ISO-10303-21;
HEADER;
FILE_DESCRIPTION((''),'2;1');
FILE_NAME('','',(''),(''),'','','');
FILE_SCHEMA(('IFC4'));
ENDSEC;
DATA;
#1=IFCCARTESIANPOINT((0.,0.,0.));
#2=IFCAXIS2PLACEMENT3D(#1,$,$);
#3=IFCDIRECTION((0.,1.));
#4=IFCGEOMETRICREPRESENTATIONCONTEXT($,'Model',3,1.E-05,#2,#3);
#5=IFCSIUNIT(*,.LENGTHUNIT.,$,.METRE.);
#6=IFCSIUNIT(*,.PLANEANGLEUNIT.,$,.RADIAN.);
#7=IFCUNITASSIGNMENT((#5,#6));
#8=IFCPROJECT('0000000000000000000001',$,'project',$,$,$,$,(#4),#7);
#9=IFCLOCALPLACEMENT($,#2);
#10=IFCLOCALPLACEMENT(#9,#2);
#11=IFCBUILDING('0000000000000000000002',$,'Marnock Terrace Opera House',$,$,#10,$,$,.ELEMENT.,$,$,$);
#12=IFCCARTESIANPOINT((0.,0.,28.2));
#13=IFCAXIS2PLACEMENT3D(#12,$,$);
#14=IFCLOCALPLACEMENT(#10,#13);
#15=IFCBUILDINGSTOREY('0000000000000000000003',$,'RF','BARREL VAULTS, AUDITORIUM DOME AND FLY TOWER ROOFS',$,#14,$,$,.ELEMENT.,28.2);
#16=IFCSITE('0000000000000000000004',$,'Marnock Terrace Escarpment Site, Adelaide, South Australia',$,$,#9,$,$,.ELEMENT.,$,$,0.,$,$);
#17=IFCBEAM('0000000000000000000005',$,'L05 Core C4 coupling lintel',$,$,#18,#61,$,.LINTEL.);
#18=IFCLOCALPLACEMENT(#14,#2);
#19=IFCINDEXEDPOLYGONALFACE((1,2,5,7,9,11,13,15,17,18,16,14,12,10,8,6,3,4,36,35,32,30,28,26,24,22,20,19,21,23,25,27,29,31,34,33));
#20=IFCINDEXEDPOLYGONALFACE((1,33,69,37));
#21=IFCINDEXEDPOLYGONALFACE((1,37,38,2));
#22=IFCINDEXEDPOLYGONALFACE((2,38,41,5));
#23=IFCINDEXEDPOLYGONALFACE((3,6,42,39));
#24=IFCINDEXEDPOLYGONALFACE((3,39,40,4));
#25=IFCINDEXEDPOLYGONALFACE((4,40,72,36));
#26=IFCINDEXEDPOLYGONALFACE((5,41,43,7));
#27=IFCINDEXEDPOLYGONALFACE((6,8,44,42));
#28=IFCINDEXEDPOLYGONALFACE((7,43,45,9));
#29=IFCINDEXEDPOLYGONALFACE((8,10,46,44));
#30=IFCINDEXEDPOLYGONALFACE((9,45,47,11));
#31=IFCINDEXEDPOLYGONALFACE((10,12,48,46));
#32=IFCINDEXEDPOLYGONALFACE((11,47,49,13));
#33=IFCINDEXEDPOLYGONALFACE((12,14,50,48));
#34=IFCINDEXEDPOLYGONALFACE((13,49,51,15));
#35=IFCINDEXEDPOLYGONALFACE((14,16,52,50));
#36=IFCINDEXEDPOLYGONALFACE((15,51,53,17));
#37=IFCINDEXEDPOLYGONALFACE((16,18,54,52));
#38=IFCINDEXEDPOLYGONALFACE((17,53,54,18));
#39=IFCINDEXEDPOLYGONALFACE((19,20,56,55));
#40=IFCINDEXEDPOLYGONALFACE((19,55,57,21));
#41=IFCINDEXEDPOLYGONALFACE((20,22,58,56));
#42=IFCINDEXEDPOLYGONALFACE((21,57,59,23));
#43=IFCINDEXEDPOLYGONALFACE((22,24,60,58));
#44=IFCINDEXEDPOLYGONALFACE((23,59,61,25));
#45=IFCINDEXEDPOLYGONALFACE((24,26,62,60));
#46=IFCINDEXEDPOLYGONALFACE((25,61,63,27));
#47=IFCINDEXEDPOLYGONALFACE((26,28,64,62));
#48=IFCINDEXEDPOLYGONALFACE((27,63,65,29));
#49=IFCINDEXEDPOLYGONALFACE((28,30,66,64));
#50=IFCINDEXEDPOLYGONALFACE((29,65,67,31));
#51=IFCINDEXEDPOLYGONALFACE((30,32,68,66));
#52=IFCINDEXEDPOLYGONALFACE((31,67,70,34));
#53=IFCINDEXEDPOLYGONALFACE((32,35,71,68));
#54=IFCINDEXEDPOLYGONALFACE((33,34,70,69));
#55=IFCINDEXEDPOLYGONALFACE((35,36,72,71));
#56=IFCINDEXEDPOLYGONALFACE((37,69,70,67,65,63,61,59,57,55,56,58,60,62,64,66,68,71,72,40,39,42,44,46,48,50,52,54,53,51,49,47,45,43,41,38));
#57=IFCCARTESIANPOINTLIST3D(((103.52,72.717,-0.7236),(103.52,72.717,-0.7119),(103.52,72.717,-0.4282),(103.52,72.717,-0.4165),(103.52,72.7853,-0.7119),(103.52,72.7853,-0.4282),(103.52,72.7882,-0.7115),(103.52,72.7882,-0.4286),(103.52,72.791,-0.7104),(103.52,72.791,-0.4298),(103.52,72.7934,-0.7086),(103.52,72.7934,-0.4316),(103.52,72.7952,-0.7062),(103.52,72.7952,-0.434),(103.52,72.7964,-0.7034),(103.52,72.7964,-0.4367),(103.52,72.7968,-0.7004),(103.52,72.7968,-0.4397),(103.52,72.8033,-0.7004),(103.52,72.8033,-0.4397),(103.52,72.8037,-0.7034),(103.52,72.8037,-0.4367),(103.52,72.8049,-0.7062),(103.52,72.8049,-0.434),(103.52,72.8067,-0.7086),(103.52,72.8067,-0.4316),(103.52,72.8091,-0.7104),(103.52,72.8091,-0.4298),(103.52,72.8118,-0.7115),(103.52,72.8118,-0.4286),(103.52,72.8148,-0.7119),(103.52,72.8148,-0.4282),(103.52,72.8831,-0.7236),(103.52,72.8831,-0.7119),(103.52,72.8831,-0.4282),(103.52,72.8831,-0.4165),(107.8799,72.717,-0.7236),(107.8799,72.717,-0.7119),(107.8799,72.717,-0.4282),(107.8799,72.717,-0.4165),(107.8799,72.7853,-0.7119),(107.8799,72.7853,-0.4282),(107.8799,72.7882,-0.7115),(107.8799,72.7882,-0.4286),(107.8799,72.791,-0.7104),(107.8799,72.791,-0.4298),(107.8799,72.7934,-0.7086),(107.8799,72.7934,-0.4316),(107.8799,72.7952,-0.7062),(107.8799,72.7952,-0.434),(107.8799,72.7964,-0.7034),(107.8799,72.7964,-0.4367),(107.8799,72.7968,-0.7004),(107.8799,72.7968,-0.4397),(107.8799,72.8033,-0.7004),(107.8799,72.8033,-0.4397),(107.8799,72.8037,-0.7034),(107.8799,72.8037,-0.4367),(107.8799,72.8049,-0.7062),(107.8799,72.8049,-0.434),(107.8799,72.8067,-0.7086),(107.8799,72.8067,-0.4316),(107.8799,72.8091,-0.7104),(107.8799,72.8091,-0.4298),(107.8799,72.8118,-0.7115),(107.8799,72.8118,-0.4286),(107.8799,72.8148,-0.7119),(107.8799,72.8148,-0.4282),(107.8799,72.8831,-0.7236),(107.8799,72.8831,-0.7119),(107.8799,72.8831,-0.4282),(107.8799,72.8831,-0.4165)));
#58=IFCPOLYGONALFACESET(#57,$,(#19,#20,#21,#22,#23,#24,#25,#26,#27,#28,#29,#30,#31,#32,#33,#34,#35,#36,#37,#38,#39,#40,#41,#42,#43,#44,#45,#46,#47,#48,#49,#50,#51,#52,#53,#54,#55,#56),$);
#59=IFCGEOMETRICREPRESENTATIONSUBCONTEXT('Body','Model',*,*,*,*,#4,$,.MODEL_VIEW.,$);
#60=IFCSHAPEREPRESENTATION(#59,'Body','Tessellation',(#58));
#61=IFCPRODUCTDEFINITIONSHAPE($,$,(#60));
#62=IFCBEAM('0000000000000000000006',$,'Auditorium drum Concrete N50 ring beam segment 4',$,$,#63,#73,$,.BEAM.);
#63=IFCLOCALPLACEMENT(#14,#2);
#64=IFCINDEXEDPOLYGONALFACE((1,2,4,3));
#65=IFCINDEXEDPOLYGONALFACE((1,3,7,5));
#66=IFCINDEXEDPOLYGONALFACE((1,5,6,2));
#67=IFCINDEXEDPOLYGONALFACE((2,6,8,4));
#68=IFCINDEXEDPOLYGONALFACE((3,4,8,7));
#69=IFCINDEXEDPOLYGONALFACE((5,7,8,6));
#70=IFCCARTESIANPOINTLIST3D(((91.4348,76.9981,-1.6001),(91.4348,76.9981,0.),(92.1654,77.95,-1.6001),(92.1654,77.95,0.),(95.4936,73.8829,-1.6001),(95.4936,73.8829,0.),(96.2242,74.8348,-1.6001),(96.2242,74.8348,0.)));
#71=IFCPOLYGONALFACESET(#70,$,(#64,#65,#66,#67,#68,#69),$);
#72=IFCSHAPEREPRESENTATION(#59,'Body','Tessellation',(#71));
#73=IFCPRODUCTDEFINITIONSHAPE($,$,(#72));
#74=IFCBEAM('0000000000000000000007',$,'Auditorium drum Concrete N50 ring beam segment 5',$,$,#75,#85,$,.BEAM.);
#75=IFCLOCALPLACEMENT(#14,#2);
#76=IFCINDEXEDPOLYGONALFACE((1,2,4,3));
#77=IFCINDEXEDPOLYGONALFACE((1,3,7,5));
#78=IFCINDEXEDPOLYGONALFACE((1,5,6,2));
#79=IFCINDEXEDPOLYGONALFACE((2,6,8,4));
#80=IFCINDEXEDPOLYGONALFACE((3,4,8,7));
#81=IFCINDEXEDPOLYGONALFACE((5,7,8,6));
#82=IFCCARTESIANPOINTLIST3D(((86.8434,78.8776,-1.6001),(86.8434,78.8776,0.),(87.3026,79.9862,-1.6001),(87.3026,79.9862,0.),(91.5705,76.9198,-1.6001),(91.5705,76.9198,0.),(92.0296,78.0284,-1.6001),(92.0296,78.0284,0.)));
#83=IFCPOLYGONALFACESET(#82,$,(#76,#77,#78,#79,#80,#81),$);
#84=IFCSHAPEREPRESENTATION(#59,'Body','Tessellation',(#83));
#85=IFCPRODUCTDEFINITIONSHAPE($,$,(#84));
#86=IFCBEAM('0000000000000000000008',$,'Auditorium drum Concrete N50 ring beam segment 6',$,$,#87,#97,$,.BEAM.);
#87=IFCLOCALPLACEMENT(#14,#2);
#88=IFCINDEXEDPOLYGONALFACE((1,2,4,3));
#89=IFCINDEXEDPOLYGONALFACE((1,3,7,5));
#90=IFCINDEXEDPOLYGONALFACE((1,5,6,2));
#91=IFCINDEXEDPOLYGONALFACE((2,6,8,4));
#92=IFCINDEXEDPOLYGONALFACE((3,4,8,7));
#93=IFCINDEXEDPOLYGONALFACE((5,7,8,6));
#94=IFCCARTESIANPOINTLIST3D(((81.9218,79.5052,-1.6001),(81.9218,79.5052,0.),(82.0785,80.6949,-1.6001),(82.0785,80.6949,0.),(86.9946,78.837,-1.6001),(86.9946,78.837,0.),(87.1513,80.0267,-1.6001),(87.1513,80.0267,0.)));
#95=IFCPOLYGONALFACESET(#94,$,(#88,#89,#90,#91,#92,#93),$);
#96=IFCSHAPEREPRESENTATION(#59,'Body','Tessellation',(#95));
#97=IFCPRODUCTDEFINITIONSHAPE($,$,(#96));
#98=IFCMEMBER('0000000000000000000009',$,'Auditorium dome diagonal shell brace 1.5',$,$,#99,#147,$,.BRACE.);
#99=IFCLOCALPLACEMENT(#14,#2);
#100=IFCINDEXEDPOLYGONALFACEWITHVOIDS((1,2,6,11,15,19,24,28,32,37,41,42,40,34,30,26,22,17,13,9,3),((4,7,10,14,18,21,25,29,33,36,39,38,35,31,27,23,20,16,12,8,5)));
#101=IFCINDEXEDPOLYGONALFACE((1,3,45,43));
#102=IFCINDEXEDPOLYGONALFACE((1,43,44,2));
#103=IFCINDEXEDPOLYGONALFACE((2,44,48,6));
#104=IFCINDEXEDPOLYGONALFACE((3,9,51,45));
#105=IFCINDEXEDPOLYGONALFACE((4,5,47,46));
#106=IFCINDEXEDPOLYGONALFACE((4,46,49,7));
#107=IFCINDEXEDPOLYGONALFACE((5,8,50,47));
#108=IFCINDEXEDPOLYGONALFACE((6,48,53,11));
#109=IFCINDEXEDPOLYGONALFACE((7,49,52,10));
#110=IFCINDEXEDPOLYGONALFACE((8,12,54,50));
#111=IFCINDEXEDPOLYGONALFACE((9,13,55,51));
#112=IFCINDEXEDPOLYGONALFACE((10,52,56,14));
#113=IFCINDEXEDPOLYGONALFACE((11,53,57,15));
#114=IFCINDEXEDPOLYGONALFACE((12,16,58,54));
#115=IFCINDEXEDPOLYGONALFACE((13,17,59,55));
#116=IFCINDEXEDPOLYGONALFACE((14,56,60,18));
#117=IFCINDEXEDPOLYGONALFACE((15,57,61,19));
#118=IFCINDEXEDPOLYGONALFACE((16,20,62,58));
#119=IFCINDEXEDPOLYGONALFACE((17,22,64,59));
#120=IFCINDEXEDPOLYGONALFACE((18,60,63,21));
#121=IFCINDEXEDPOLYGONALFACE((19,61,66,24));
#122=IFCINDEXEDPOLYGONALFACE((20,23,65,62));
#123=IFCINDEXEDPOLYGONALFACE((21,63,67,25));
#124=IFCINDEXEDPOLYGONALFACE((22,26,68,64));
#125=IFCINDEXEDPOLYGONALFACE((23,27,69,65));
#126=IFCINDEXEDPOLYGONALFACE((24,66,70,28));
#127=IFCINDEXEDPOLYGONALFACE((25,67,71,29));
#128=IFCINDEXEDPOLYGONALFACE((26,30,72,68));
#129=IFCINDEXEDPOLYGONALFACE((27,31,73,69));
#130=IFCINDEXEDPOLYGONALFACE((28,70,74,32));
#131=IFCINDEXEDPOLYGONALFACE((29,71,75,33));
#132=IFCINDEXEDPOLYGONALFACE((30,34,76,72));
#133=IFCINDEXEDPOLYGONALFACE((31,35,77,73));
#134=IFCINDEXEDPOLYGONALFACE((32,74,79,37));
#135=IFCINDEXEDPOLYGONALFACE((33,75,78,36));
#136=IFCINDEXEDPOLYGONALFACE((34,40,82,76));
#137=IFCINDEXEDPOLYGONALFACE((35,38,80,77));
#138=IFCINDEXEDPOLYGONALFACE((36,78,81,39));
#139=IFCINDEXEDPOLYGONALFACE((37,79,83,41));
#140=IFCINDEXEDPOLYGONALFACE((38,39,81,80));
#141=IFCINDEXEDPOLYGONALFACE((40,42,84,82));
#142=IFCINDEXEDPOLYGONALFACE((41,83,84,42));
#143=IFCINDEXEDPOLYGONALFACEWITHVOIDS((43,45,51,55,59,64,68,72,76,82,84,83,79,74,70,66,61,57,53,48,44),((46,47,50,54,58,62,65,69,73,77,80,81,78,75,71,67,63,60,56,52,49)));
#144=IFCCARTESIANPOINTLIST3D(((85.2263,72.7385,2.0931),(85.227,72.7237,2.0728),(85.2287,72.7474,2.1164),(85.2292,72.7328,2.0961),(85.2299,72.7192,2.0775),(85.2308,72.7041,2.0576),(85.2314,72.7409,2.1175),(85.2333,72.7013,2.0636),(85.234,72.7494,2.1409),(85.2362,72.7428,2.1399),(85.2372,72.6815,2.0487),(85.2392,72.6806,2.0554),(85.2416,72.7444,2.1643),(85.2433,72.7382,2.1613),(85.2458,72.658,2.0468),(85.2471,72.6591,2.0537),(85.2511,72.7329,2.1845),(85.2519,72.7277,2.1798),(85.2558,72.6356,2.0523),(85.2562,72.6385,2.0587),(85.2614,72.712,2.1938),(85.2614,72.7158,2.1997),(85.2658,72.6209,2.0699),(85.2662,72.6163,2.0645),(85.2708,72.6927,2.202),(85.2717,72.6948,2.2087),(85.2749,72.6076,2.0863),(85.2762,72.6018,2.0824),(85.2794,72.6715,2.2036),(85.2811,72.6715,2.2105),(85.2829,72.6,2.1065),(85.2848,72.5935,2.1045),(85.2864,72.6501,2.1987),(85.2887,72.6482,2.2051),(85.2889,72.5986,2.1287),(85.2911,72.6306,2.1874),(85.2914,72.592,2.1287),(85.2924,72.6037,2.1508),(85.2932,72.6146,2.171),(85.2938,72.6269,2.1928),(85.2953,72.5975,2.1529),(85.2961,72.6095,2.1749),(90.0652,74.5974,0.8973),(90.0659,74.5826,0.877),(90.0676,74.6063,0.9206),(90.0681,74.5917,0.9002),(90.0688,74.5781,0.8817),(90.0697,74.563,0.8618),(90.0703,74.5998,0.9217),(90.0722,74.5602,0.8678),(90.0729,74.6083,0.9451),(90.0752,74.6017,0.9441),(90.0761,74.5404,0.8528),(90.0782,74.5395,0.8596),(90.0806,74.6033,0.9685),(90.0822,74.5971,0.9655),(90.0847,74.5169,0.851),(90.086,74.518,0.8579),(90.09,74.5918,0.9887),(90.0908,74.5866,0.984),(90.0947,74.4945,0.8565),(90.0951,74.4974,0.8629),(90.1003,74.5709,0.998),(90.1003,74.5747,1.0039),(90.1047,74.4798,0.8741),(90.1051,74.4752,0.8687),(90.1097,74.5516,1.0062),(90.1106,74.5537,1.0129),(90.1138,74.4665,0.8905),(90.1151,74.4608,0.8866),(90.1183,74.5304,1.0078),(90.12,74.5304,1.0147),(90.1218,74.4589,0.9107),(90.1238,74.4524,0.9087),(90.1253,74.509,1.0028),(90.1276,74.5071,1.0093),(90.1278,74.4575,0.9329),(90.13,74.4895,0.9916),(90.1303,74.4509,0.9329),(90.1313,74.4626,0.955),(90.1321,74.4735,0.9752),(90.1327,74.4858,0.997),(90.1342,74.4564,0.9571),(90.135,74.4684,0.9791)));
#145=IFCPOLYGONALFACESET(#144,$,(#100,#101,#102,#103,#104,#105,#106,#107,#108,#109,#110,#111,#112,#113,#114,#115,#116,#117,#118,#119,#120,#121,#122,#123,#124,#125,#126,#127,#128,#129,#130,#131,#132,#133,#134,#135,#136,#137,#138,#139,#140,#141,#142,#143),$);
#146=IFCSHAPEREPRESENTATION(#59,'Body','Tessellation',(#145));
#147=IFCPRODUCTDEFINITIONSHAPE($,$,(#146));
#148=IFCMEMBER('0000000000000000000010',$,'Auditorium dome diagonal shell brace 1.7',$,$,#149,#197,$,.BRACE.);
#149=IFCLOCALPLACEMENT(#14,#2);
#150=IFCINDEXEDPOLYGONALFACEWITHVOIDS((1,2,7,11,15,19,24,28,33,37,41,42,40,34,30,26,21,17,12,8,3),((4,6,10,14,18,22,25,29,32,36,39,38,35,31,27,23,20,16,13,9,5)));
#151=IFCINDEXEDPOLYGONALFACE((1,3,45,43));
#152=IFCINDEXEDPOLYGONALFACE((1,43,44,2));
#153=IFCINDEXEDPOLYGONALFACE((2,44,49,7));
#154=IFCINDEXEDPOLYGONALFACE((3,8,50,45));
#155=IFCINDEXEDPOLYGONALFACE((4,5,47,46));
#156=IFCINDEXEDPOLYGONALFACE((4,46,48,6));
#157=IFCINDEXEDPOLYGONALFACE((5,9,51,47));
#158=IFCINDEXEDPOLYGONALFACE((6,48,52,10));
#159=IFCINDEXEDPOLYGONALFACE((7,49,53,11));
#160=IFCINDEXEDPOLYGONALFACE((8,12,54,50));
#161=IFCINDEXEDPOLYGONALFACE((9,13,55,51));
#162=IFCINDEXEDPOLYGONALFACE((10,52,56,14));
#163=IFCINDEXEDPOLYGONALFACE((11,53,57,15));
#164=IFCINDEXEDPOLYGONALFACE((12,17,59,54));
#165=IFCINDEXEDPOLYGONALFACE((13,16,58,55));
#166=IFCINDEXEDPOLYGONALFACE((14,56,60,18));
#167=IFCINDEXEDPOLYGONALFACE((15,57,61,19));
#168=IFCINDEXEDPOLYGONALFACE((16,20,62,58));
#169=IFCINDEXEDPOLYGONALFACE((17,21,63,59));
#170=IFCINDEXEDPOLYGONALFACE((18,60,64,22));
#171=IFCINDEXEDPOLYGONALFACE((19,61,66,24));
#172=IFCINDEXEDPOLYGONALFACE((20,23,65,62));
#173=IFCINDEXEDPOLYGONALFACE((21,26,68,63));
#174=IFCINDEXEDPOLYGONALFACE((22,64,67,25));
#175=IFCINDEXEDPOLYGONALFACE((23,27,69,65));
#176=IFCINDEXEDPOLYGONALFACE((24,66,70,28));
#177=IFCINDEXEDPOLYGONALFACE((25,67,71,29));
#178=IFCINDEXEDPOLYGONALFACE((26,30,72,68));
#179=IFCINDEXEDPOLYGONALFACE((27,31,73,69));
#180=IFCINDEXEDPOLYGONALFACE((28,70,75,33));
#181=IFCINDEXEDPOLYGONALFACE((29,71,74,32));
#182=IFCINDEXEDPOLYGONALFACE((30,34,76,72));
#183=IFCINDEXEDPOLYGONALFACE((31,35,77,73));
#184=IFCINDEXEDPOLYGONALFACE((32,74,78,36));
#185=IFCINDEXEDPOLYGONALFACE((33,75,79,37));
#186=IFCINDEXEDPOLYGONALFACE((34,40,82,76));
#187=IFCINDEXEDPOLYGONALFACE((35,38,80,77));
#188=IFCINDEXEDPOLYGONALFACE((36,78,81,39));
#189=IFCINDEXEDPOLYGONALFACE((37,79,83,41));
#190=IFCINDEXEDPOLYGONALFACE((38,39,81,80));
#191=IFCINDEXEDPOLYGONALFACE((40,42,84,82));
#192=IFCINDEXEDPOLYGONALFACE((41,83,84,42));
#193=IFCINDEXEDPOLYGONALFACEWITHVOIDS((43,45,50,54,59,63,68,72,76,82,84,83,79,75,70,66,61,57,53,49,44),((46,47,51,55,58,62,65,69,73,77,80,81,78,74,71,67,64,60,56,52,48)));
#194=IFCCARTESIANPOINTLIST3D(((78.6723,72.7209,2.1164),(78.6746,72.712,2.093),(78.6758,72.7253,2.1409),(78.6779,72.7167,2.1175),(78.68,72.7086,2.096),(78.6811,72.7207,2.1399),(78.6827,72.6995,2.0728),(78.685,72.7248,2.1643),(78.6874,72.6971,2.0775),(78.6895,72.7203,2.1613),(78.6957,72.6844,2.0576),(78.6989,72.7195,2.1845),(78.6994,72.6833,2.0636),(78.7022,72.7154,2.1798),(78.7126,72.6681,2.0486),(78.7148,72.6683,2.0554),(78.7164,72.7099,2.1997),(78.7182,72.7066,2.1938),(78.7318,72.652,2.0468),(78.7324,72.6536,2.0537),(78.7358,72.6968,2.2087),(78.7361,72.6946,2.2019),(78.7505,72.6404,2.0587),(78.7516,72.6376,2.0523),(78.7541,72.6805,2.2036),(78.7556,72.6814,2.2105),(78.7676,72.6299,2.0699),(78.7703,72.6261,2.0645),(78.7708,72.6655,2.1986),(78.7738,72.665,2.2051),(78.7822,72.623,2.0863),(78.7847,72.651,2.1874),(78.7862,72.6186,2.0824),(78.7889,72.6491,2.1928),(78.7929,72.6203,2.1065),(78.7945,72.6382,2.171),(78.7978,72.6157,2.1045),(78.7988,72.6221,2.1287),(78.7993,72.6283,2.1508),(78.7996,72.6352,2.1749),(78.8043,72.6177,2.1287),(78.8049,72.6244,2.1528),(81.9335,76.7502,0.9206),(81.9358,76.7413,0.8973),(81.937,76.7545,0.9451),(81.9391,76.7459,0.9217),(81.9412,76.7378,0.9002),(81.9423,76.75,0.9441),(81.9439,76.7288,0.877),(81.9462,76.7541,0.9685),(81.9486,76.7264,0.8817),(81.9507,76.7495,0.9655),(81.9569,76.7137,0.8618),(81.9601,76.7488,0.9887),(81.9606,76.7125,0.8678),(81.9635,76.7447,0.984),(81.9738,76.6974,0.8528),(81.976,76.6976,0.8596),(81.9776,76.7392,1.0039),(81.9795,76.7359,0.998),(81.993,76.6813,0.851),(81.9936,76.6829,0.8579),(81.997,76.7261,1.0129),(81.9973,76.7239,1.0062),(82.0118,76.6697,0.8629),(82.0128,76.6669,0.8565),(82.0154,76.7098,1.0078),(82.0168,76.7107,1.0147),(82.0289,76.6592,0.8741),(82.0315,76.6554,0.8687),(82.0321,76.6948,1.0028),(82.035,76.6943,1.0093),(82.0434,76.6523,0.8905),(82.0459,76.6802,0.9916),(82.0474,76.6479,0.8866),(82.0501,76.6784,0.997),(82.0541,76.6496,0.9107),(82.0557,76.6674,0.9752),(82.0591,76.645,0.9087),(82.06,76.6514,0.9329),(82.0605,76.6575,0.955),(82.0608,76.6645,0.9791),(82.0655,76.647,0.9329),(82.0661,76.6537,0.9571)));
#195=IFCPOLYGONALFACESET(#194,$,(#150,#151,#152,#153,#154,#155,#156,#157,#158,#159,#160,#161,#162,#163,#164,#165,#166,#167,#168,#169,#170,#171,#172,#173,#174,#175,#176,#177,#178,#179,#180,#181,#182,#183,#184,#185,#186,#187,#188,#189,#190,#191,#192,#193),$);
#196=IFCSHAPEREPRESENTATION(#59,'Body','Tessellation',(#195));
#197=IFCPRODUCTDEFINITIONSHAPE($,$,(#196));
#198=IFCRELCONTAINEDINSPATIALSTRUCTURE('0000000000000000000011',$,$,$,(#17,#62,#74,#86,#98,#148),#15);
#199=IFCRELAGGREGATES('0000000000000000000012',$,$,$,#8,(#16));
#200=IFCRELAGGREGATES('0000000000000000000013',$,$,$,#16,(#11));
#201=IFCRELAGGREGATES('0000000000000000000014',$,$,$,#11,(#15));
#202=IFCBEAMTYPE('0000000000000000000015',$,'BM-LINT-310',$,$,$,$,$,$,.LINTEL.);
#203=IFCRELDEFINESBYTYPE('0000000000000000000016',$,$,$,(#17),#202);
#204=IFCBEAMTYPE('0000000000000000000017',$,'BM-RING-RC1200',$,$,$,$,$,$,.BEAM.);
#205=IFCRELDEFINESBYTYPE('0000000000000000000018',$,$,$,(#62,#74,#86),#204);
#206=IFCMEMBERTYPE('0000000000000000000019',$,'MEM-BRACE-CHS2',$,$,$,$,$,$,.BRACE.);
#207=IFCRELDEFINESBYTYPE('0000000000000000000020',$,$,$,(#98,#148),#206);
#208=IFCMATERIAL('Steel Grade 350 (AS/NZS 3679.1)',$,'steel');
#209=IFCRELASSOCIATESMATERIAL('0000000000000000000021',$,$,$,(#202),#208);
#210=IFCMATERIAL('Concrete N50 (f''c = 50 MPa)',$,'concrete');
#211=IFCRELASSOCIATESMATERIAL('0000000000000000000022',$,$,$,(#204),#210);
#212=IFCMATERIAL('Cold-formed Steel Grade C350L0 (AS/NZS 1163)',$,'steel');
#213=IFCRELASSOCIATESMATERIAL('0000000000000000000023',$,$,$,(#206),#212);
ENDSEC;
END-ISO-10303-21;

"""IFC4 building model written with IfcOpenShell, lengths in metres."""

from ifc_helpers import new_model, si_unit, direction, frame, origin, origin_2d, place, context, subcontext, project, spatial, rectangle, hollow_circle, i_section, extrude, material, material_profile, profile_set, type_object, element, save


model = new_model("IFC4")

# Units and contexts
model_context = context("Model", 3, precision=1e-05, world=origin(), true_north=direction((0.0, 1.0)))
body_context = subcontext(model_context, "Body", "Model", "MODEL_VIEW")
ifc_project = project(units=[si_unit("LENGTHUNIT", "METRE"), si_unit("PLANEANGLEUNIT", "RADIAN")], contexts=[model_context])

# Site, building, storey
site_placement = place(None, origin())
site = spatial("IfcSite", under=ifc_project, at=site_placement, Name="Marnock Terrace Escarpment Site, Adelaide, South Australia", CompositionType="ELEMENT", RefElevation=0.0)
building_placement = place(site_placement, origin())
building = spatial("IfcBuilding", under=site, at=building_placement, Name="Marnock Terrace Opera House", CompositionType="ELEMENT")
storey_placement = place(building_placement, frame((0.0, 0.0, 28.2)))
storey = spatial("IfcBuildingStorey", under=building, at=storey_placement, Name="RF", Description="BARREL VAULTS, AUDITORIUM DOME AND FLY TOWER ROOFS", CompositionType="ELEMENT", Elevation=28.2)

# Beams
ifc_material_1 = material(Name="Steel Grade 350 (AS/NZS 3679.1)", Category="steel")
ifc_material_profile_1 = material_profile(ifc_material_1, i_section(OverallWidth=0.166, OverallDepth=0.3071, WebThickness=0.0066, FlangeThickness=0.0117, FilletRadius=0.0115, at=origin_2d()))
ifc_profile_set_1 = profile_set([ifc_material_profile_1], Name="Steel Grade 350 (AS/NZS 3679.1)")
beam_type_1 = type_object("IfcBeamType", Name="BM-LINT-310", PredefinedType="LINTEL", material=ifc_profile_set_1)
beam_1_placement = place(storey_placement, frame((103.52, 72.8, -0.5701), z_axis=(1.0, 0.0, 0.0), x_axis=(0.0, 1.0, 0.0)))
element("IfcBeam", 1, at=beam_1_placement, inside=storey, type_object=beam_type_1, Name="L05 Core C4 coupling lintel", PredefinedType="LINTEL", context=body_context, shape_type="SweptSolid", body=[
    extrude(i_section(OverallWidth=0.166, OverallDepth=0.3071, WebThickness=0.0066, FlangeThickness=0.0117, FilletRadius=0.0115, at=origin_2d()), origin(), (0.0, 0.0, 1.0), 4.3599),
])
ifc_material_2 = material(Name="Concrete N50 (f'c = 50 MPa)", Category="concrete")
ifc_material_profile_2 = material_profile(ifc_material_2, rectangle(XDim=1.2, YDim=1.6001, at=origin_2d()))
ifc_profile_set_2 = profile_set([ifc_material_profile_2], Name="Concrete N50 (f'c = 50 MPa)")
beam_type_2 = type_object("IfcBeamType", Name="BM-RING-RC1200", PredefinedType="BEAM", material=ifc_profile_set_2)
for number, where, z_axis, x_axis, name in (
    (2, (95.8589, 74.3589, -0.8), (-0.79328, 0.608857, 0.0), (-0.608857, -0.79328, 0.0), "Auditorium drum Concrete N50 ring beam segment 4"),
    (3, (91.8, 77.4741, -0.8), (-0.923896, 0.382643, 0.0), (-0.382643, -0.923896, 0.0), "Auditorium drum Concrete N50 ring beam segment 5"),
):
    element("IfcBeam", number, at=place(storey_placement, frame(where, z_axis=z_axis, x_axis=x_axis)), inside=storey, type_object=beam_type_2, Name=name, PredefinedType="BEAM", context=body_context, shape_type="SweptSolid", body=[
        extrude(rectangle(XDim=1.2, YDim=1.6001, at=origin_2d()), origin(), (0.0, 0.0, 1.0), 5.1165),
    ])
beam_2_placement = place(storey_placement, frame((87.073, 79.4319, -0.8), z_axis=(-0.991436, 0.130592, 0.0), x_axis=(-0.130592, -0.991436, 0.0)))
element("IfcBeam", 4, at=beam_2_placement, inside=storey, type_object=beam_type_2, Name="Auditorium drum Concrete N50 ring beam segment 6", PredefinedType="BEAM", context=body_context, shape_type="SweptSolid", body=[
    extrude(rectangle(XDim=1.2, YDim=1.6001, at=origin_2d()), origin(), (0.0, 0.0, 1.0), 5.1167),
])

# Members
ifc_material_3 = material(Name="Cold-formed Steel Grade C350L0 (AS/NZS 1163)", Category="steel")
ifc_material_profile_3 = material_profile(ifc_material_3, hollow_circle(Radius=0.0842, WallThickness=0.0071, at=origin_2d()))
ifc_profile_set_3 = profile_set([ifc_material_profile_3], Name="Cold-formed Steel Grade C350L0 (AS/NZS 1163)")
member_type_1 = type_object("IfcMemberType", Name="MEM-BRACE-CHS2", PredefinedType="BRACE", material=ifc_profile_set_3)
for number, where, z_axis, x_axis, name in (
    (5, (90.1001, 74.5295, 0.9329), (-0.9096, -0.349429, 0.224784), (0.358607, -0.933489, 0.0), "Auditorium dome diagonal shell brace 1.5"),
    (6, (82.0, 76.7, 0.9329), (-0.613031, -0.757408, 0.224781), (0.7773, -0.62913, 0.0), "Auditorium dome diagonal shell brace 1.7"),
):
    element("IfcMember", number, at=place(storey_placement, frame(where, z_axis=z_axis, x_axis=x_axis)), inside=storey, type_object=member_type_1, Name=name, PredefinedType="BRACE", context=body_context, shape_type="SweptSolid", body=[
        extrude(hollow_circle(Radius=0.0842, WallThickness=0.0071, at=origin_2d()), origin(), (0.0, 0.0, 1.0), 5.3198),
    ])

save(model, "model.ifc")
